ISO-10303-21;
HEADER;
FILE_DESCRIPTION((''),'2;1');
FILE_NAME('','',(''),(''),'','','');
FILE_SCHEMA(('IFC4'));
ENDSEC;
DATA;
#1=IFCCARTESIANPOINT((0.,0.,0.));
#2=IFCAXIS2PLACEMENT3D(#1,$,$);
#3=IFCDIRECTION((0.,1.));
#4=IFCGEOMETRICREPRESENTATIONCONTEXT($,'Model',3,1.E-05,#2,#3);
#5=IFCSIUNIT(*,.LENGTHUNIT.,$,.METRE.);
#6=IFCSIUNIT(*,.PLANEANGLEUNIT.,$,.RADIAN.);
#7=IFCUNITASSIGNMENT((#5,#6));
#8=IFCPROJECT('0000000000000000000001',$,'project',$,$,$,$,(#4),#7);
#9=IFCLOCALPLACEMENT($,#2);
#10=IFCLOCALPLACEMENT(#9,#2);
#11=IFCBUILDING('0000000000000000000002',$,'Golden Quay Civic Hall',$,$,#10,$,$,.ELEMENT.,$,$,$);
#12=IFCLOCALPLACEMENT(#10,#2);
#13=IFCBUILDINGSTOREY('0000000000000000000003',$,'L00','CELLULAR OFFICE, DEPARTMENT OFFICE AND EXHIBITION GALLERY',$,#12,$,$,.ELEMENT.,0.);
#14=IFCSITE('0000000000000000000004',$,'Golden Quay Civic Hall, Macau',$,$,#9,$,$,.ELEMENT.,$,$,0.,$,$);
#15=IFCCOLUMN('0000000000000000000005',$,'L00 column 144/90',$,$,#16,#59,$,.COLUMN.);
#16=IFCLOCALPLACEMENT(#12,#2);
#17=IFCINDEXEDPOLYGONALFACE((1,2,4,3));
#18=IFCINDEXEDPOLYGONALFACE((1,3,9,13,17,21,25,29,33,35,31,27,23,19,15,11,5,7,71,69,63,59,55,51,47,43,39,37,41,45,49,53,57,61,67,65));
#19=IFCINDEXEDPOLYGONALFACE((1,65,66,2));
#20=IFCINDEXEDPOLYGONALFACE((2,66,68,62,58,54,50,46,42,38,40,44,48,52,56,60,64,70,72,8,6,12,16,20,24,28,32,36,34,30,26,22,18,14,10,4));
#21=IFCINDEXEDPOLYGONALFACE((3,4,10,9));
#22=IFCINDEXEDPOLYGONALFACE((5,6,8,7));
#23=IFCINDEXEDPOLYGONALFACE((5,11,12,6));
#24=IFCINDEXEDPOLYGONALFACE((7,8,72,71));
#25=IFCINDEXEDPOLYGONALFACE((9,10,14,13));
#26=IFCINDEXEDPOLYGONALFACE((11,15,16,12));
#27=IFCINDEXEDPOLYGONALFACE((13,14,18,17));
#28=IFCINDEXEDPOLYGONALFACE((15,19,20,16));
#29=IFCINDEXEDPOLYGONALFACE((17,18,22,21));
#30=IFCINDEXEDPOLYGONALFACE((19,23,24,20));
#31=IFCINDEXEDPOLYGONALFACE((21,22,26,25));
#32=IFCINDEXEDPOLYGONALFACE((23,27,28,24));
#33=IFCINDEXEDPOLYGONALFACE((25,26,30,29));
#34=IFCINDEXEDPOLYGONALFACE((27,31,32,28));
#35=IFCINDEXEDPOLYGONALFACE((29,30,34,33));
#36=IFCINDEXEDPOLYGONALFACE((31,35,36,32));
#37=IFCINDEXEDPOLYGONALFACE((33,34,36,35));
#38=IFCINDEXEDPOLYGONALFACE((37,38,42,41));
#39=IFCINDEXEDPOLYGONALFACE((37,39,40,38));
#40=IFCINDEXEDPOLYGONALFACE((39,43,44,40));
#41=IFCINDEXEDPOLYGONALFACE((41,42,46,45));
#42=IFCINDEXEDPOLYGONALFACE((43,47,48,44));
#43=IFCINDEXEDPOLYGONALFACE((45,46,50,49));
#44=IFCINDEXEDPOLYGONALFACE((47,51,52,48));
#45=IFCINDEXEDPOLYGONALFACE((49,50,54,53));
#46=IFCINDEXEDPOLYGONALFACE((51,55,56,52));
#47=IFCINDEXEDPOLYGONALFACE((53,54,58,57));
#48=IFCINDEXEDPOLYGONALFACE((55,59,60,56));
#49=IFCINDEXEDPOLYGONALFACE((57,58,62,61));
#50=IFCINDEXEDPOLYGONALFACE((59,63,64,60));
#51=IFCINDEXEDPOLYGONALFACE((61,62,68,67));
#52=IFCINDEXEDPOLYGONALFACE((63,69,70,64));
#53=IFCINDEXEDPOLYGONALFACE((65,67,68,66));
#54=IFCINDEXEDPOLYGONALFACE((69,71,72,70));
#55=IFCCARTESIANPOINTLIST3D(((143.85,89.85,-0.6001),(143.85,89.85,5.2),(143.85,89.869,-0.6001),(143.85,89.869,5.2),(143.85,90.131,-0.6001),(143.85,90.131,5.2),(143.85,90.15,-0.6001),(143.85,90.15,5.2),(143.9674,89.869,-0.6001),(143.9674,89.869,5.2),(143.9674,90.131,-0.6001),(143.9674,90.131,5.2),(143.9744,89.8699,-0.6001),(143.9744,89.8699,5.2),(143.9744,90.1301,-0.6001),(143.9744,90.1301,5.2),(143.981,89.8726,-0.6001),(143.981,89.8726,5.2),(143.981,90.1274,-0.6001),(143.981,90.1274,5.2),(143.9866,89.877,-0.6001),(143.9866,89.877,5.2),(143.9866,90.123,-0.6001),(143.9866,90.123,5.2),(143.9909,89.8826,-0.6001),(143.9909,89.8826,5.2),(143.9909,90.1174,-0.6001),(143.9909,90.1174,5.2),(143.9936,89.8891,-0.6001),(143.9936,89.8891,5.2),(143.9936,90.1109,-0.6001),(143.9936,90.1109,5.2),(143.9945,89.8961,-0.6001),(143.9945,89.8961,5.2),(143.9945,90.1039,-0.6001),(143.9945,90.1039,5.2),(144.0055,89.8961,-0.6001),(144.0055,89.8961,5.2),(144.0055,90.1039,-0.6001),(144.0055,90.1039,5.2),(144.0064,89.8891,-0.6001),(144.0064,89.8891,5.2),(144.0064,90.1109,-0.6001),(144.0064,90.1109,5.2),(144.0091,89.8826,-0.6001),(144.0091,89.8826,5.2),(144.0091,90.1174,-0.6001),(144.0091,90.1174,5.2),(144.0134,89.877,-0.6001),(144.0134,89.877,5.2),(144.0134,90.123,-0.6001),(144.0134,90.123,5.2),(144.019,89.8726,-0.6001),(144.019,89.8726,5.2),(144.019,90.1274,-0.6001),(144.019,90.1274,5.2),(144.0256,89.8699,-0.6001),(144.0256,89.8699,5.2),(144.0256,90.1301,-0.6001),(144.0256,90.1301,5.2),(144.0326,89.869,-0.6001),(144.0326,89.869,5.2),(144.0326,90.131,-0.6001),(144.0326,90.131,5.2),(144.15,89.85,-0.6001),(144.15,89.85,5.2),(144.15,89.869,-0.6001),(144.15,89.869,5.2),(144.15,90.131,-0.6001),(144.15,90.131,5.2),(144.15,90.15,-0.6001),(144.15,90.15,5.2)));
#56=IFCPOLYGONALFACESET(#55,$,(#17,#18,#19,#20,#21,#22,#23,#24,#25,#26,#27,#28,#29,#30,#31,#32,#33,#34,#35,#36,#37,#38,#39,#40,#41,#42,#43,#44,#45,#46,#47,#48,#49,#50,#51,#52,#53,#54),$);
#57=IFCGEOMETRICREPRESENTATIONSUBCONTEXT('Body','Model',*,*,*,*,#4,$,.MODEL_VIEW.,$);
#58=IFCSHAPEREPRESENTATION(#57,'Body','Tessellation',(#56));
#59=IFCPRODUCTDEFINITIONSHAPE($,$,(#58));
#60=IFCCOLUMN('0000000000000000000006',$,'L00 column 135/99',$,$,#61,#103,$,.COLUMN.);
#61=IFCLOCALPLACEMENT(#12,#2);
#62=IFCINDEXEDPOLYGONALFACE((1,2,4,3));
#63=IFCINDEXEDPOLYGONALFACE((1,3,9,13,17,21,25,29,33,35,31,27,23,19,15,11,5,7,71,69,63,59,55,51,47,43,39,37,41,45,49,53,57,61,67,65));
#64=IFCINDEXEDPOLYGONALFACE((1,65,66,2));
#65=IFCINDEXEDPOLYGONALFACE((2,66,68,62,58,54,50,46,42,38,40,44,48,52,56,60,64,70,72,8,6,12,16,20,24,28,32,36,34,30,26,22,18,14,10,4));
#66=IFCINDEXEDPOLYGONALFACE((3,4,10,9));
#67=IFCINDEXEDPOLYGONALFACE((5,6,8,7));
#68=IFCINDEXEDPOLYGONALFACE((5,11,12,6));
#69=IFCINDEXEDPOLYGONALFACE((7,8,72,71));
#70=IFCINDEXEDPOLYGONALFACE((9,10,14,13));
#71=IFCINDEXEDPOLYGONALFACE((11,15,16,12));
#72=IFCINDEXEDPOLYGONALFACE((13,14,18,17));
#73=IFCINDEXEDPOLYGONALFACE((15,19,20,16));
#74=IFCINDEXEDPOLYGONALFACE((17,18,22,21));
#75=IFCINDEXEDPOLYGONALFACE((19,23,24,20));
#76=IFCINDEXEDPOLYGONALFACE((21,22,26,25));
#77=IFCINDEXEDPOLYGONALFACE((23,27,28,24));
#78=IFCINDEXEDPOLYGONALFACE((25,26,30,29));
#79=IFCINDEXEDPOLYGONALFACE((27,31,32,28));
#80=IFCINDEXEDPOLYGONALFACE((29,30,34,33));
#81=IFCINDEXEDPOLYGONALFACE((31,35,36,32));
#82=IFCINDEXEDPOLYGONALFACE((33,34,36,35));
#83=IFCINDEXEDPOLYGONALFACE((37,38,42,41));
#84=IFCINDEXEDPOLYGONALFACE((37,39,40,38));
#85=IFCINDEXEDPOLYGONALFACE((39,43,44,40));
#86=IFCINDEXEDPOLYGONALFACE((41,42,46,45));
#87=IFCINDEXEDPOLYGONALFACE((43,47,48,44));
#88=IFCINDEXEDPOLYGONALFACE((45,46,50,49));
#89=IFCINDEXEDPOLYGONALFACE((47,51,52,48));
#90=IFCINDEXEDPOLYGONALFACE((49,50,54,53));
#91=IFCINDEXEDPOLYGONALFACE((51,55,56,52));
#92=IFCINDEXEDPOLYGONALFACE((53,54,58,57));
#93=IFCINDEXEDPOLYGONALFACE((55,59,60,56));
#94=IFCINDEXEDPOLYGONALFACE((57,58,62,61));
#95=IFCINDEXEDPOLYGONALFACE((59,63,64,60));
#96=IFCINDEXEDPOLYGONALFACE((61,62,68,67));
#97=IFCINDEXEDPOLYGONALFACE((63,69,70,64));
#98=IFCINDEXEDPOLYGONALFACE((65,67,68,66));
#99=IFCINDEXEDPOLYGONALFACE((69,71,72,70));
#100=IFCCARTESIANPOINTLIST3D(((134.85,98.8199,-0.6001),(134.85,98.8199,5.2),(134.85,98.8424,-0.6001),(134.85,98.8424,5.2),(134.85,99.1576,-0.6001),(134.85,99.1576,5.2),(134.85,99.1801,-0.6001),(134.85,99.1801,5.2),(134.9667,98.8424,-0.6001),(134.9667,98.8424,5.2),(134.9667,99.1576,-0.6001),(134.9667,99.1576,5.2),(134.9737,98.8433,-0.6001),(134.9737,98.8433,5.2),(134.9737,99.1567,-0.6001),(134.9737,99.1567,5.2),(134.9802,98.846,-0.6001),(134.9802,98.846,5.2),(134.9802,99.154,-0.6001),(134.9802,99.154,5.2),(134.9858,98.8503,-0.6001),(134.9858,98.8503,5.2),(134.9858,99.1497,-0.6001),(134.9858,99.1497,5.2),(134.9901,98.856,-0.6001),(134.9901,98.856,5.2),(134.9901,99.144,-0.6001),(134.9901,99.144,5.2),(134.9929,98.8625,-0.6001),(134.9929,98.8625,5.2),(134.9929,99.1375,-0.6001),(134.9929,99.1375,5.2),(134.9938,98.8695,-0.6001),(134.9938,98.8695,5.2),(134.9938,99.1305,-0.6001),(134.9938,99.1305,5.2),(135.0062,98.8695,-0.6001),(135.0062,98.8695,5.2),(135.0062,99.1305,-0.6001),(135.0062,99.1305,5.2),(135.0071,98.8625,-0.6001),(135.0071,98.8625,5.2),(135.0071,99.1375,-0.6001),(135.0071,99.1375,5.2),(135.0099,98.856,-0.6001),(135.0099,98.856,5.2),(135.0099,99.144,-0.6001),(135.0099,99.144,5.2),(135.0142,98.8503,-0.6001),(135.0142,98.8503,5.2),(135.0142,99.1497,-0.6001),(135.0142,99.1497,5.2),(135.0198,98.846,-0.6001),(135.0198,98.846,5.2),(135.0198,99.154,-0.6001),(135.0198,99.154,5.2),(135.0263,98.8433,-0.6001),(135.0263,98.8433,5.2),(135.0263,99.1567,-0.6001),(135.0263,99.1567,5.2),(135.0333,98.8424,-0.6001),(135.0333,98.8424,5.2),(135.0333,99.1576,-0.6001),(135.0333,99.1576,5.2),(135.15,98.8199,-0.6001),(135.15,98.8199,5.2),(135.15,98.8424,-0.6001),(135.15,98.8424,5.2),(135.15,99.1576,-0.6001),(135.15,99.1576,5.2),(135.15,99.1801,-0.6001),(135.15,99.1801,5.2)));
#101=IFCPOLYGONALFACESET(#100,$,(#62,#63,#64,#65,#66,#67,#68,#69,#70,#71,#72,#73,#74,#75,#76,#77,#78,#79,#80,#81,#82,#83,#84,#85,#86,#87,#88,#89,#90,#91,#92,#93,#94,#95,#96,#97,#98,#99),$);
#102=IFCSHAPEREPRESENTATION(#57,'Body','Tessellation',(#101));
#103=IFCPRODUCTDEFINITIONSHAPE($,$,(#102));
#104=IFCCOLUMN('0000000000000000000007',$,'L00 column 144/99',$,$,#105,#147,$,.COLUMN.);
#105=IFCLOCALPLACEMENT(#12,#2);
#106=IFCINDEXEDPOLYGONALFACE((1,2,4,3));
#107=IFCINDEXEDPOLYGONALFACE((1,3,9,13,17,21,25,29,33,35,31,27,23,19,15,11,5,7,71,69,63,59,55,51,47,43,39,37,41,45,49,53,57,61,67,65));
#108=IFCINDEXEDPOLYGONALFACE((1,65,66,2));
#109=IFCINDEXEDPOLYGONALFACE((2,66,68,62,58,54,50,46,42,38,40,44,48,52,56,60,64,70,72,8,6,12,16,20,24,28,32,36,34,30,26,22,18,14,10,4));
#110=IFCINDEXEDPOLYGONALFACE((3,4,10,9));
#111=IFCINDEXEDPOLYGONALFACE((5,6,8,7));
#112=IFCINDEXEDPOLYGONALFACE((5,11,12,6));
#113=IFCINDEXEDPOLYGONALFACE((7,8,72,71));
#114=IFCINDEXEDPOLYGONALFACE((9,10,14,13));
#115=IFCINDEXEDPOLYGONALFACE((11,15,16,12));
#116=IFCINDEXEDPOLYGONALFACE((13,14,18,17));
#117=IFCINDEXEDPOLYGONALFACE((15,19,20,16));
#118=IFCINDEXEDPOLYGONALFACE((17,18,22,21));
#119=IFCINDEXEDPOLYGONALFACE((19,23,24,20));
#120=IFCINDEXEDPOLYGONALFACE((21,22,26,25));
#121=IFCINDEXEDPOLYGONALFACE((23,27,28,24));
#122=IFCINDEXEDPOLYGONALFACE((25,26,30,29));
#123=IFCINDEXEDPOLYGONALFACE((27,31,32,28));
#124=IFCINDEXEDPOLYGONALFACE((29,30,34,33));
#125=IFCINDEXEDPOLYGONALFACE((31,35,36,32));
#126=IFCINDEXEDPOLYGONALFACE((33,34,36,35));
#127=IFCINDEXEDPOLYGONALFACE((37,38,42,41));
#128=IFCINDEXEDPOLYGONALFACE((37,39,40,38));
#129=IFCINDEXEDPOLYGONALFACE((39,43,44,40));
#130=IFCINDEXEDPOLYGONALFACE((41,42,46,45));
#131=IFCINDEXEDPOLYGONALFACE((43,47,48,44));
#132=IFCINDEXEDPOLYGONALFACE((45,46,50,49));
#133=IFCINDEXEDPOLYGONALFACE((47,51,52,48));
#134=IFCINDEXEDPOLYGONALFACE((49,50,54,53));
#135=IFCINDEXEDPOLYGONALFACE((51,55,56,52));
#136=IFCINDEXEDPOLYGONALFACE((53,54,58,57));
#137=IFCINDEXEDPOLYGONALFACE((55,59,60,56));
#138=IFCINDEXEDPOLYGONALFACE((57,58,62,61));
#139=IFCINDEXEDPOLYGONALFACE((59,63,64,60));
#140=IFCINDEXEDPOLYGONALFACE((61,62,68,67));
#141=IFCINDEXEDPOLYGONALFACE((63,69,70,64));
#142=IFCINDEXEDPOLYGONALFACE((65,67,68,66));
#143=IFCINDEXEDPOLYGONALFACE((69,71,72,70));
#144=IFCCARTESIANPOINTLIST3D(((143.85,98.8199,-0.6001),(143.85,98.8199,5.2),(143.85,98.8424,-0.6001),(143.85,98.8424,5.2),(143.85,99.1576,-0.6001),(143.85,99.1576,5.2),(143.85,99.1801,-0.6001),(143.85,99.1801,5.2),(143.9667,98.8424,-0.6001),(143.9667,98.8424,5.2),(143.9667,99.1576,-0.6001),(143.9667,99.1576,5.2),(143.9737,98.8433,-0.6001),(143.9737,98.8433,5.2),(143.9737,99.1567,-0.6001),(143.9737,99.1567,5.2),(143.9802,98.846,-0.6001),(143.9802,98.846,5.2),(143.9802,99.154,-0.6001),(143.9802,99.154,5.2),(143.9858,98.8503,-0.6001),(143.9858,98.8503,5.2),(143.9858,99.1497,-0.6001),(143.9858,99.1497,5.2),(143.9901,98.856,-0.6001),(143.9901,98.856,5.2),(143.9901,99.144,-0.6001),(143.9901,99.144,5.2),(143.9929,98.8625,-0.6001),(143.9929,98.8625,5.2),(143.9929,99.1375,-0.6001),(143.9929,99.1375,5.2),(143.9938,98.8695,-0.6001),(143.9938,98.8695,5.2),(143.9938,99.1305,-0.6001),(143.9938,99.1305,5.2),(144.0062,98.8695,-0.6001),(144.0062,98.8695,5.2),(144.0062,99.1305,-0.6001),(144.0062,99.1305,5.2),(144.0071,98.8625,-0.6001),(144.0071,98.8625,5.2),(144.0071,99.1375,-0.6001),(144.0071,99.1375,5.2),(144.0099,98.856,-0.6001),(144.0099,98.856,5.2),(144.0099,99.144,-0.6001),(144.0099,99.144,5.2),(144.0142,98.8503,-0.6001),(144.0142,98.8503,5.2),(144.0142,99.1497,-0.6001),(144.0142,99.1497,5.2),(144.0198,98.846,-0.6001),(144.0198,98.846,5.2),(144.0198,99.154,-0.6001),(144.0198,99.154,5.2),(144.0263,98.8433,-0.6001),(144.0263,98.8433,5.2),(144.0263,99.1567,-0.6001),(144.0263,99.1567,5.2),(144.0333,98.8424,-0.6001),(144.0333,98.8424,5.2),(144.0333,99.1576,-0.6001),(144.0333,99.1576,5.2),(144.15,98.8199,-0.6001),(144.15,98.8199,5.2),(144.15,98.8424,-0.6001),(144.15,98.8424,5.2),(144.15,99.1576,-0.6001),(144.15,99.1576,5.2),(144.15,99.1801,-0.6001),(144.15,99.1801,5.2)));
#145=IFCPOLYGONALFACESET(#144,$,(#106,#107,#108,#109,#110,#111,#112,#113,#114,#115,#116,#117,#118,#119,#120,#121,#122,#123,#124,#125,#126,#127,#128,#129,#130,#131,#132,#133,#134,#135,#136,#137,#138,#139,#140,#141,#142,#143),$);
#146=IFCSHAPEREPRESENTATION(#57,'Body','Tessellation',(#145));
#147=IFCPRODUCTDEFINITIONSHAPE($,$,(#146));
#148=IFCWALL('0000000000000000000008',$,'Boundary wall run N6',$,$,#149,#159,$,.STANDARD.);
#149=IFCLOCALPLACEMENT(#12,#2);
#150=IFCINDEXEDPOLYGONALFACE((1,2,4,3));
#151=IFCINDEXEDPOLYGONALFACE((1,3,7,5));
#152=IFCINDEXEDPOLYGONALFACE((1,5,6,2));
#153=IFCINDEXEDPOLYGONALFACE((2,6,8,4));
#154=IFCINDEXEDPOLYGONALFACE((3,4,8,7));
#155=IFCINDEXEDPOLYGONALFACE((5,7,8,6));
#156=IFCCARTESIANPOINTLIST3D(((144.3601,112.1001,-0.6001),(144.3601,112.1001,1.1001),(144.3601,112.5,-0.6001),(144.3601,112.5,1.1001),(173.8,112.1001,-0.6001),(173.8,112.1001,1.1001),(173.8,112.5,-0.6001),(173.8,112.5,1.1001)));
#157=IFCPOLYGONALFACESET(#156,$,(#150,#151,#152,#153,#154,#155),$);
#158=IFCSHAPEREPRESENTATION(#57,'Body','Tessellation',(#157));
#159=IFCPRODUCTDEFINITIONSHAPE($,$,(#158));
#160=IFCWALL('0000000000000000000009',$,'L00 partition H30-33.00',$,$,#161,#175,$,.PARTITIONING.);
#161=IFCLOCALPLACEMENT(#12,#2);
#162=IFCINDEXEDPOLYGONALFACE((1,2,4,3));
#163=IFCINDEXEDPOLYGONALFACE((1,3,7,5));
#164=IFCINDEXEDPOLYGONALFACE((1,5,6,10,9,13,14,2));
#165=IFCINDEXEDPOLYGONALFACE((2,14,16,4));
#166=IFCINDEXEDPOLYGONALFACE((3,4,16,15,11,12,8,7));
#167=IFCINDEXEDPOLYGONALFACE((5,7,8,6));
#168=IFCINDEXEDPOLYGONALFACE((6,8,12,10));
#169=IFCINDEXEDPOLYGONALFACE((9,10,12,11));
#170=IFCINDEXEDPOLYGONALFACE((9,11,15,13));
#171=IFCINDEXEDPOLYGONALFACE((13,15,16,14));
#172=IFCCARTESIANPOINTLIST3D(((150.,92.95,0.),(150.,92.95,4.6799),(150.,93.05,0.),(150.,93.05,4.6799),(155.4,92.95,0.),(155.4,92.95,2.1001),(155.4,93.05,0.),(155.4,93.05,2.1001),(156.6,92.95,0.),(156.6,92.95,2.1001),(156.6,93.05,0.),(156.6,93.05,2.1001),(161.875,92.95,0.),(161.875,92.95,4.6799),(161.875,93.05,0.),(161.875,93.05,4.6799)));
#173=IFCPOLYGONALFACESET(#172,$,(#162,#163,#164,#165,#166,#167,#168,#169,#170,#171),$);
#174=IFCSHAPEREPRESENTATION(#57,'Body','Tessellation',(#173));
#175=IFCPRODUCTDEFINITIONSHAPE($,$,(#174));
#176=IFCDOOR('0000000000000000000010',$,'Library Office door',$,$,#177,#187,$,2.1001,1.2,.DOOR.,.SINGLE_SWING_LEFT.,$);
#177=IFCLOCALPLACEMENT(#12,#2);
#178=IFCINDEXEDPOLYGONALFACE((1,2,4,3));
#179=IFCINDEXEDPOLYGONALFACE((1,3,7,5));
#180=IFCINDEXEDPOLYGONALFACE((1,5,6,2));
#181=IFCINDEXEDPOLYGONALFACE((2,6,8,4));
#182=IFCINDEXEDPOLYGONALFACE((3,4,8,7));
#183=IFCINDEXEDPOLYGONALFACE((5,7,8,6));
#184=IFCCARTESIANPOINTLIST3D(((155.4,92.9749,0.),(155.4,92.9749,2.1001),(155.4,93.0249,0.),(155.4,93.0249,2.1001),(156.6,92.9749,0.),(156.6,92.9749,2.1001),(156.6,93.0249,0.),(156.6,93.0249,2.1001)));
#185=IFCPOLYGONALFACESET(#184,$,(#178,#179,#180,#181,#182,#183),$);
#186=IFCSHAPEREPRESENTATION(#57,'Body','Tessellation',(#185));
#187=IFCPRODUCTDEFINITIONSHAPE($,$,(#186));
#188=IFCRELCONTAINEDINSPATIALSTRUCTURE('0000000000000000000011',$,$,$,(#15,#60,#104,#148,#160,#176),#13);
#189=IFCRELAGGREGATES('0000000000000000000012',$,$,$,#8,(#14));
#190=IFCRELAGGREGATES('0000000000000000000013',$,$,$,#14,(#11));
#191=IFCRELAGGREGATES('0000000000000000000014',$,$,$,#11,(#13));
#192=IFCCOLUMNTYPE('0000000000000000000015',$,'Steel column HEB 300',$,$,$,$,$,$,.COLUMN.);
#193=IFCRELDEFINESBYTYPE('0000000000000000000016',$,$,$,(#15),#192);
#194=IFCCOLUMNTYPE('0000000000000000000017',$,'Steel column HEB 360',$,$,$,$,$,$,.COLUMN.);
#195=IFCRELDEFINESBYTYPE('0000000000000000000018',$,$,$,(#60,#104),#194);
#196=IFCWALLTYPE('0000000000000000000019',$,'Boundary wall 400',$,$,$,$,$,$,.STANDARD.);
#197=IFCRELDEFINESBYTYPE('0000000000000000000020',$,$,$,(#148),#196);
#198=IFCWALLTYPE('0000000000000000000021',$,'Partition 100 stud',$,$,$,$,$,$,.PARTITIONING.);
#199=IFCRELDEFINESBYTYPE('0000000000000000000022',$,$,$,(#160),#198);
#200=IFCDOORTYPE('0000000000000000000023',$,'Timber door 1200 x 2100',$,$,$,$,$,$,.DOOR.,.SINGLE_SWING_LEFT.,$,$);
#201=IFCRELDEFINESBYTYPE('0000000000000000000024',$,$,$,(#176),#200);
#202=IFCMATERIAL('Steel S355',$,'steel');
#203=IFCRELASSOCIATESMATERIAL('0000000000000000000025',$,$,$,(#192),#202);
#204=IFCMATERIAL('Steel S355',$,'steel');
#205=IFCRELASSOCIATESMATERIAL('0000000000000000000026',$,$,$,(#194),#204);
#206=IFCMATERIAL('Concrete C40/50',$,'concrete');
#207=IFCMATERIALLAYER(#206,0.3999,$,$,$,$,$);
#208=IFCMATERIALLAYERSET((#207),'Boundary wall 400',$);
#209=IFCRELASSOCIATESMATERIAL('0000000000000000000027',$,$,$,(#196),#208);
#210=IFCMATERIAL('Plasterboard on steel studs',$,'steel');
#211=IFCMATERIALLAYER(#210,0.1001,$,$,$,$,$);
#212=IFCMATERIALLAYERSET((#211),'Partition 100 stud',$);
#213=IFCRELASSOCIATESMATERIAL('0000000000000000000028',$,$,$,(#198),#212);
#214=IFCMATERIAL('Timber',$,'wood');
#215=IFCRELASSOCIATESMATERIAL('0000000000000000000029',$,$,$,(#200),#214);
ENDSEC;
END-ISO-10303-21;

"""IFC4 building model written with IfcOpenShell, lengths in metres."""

from ifc_helpers import new_model, si_unit, direction, frame, frame_2d, origin, origin_2d, place, context, subcontext, project, spatial, rectangle, i_section, extrude, material, layer, layer_set, material_profile, profile_set, type_object, element, fill, save


model = new_model("IFC4")

# Units and contexts
model_context = context("Model", 3, precision=1e-05, world=origin(), true_north=direction((0.0, 1.0)))
body_context = subcontext(model_context, "Body", "Model", "MODEL_VIEW")
ifc_project = project(units=[si_unit("LENGTHUNIT", "METRE"), si_unit("PLANEANGLEUNIT", "RADIAN")], contexts=[model_context])

# Site, building, storey
site_placement = place(None, origin())
site = spatial("IfcSite", under=ifc_project, at=site_placement, Name="Golden Quay Civic Hall, Macau", CompositionType="ELEMENT", RefElevation=0.0)
building_placement = place(site_placement, origin())
building = spatial("IfcBuilding", under=site, at=building_placement, Name="Golden Quay Civic Hall", CompositionType="ELEMENT")
storey_placement = place(building_placement, origin())
storey = spatial("IfcBuildingStorey", under=building, at=storey_placement, Name="L00", Description="CELLULAR OFFICE, DEPARTMENT OFFICE AND EXHIBITION GALLERY", CompositionType="ELEMENT", Elevation=0.0)

# Columns
ifc_material_1 = material(Name="Steel S355", Category="steel")
ifc_material_profile_1 = material_profile(ifc_material_1, i_section(OverallWidth=0.3, OverallDepth=0.3, WebThickness=0.011, FlangeThickness=0.019, FilletRadius=0.0271, at=origin_2d()), Name="HEB 300")
ifc_profile_set_1 = profile_set([ifc_material_profile_1], Name="Steel S355")
column_type_1 = type_object("IfcColumnType", Name="Steel column HEB 300", PredefinedType="COLUMN", material=ifc_profile_set_1)
column_placement = place(storey_placement, frame((144.0, 90.0, -0.6001), z_axis=(0.0, 0.0, 1.0), x_axis=(1.0, 0.0, 0.0)))
element("IfcColumn", 1, at=column_placement, inside=storey, type_object=column_type_1, Name="L00 column 144/90", PredefinedType="COLUMN", context=body_context, shape_type="SweptSolid", body=[
    extrude(i_section(OverallWidth=0.3, OverallDepth=0.3, WebThickness=0.011, FlangeThickness=0.019, FilletRadius=0.0271, at=origin_2d()), origin(), (0.0, 0.0, 1.0), 5.8),
])
ifc_material_2 = material(Name="Steel S355", Category="steel")
ifc_material_profile_2 = material_profile(ifc_material_2, i_section(OverallWidth=0.3, OverallDepth=0.3601, WebThickness=0.0125, FlangeThickness=0.0225, FilletRadius=0.0271, at=origin_2d()), Name="HEB 360")
ifc_profile_set_2 = profile_set([ifc_material_profile_2], Name="Steel S355")
column_type_2 = type_object("IfcColumnType", Name="Steel column HEB 360", PredefinedType="COLUMN", material=ifc_profile_set_2)
for number, where, z_axis, x_axis, name in (
    (2, (135.0, 99.0, -0.6001), (0.0, 0.0, 1.0), (1.0, 0.0, 0.0), "L00 column 135/99"),
    (3, (144.0, 99.0, -0.6001), (0.0, 0.0, 1.0), (1.0, 0.0, 0.0), "L00 column 144/99"),
):
    element("IfcColumn", number, at=place(storey_placement, frame(where, z_axis=z_axis, x_axis=x_axis)), inside=storey, type_object=column_type_2, Name=name, PredefinedType="COLUMN", context=body_context, shape_type="SweptSolid", body=[
        extrude(i_section(OverallWidth=0.3, OverallDepth=0.3601, WebThickness=0.0125, FlangeThickness=0.0225, FilletRadius=0.0271, at=origin_2d()), origin(), (0.0, 0.0, 1.0), 5.8),
    ])

# Wall
ifc_material_3 = material(Name="Concrete C40/50", Category="concrete")
ifc_layer_1 = layer(ifc_material_3, 0.3999)
ifc_layer_set_1 = layer_set([ifc_layer_1], Name="Boundary wall 400")
wall_type_1 = type_object("IfcWallType", Name="Boundary wall 400", PredefinedType="STANDARD", material=ifc_layer_set_1)
wall_1_placement = place(storey_placement, frame((144.3601, 112.3, -0.6001), z_axis=(0.0, 0.0, 1.0), x_axis=(1.0, 0.0, 0.0)))
element("IfcWall", 4, at=wall_1_placement, inside=storey, type_object=wall_type_1, Name="Boundary wall run N6", PredefinedType="STANDARD", context=body_context, shape_type="SweptSolid", body=[
    extrude(rectangle(XDim=29.4399, YDim=0.3999, at=frame_2d((14.72, 0.0))), origin(), (0.0, 0.0, 1.0), 1.7002),
])

# Wall, opening, door
ifc_material_4 = material(Name="Plasterboard on steel studs", Category="steel")
ifc_layer_2 = layer(ifc_material_4, 0.1001)
ifc_layer_set_2 = layer_set([ifc_layer_2], Name="Partition 100 stud")
wall_type_2 = type_object("IfcWallType", Name="Partition 100 stud", PredefinedType="PARTITIONING", material=ifc_layer_set_2)
wall_2_placement = place(storey_placement, frame((150.0, 93.0, 0.0), z_axis=(0.0, 0.0, 1.0), x_axis=(1.0, 0.0, 0.0)))
wall_2 = element("IfcWall", 5, at=wall_2_placement, inside=storey, type_object=wall_type_2, Name="L00 partition H30-33.00", PredefinedType="PARTITIONING", context=body_context, shape_type="SweptSolid", body=[
    extrude(rectangle(XDim=11.875, YDim=0.1001, at=frame_2d((5.9375, 0.0))), origin(), (0.0, 0.0, 1.0), 4.6799),
])
opening_1_placement = place(wall_2_placement, frame((5.3999, 0.0, 0.0)))
opening_1 = element("IfcOpeningElement", 6, at=opening_1_placement, cuts=wall_2, PredefinedType="OPENING", context=body_context, shape_type="SweptSolid", body=[
    extrude(rectangle(XDim=1.2, YDim=2.1001, at=frame_2d((0.6001, 1.05))), frame((0.0, 0.0601, 0.0), z_axis=(0.0, -1.0, 0.0), x_axis=(1.0, 0.0, 0.0)), (0.0, 0.0, 1.0), 0.1201),
])
ifc_material_5 = material(Name="Timber", Category="wood")
door_type_1 = type_object("IfcDoorType", Name="Timber door 1200 x 2100", OperationType="SINGLE_SWING_LEFT", PredefinedType="DOOR", material=ifc_material_5)
door_1_placement = place(opening_1_placement, origin())
door_1 = element("IfcDoor", 7, at=door_1_placement, inside=storey, type_object=door_type_1, Name="Library Office door", OperationType="SINGLE_SWING_LEFT", OverallHeight=2.1001, OverallWidth=1.2, PredefinedType="DOOR", context=body_context, shape_type="SweptSolid", body=[
    extrude(rectangle(XDim=1.2, YDim=2.1001, at=frame_2d((0.6001, 1.05))), frame((0.0, 0.0249, 0.0), z_axis=(0.0, -1.0, 0.0), x_axis=(1.0, 0.0, 0.0)), (0.0, 0.0, 1.0), 0.05),
])
fill(opening_1, door_1)

save(model, "model.ifc")
